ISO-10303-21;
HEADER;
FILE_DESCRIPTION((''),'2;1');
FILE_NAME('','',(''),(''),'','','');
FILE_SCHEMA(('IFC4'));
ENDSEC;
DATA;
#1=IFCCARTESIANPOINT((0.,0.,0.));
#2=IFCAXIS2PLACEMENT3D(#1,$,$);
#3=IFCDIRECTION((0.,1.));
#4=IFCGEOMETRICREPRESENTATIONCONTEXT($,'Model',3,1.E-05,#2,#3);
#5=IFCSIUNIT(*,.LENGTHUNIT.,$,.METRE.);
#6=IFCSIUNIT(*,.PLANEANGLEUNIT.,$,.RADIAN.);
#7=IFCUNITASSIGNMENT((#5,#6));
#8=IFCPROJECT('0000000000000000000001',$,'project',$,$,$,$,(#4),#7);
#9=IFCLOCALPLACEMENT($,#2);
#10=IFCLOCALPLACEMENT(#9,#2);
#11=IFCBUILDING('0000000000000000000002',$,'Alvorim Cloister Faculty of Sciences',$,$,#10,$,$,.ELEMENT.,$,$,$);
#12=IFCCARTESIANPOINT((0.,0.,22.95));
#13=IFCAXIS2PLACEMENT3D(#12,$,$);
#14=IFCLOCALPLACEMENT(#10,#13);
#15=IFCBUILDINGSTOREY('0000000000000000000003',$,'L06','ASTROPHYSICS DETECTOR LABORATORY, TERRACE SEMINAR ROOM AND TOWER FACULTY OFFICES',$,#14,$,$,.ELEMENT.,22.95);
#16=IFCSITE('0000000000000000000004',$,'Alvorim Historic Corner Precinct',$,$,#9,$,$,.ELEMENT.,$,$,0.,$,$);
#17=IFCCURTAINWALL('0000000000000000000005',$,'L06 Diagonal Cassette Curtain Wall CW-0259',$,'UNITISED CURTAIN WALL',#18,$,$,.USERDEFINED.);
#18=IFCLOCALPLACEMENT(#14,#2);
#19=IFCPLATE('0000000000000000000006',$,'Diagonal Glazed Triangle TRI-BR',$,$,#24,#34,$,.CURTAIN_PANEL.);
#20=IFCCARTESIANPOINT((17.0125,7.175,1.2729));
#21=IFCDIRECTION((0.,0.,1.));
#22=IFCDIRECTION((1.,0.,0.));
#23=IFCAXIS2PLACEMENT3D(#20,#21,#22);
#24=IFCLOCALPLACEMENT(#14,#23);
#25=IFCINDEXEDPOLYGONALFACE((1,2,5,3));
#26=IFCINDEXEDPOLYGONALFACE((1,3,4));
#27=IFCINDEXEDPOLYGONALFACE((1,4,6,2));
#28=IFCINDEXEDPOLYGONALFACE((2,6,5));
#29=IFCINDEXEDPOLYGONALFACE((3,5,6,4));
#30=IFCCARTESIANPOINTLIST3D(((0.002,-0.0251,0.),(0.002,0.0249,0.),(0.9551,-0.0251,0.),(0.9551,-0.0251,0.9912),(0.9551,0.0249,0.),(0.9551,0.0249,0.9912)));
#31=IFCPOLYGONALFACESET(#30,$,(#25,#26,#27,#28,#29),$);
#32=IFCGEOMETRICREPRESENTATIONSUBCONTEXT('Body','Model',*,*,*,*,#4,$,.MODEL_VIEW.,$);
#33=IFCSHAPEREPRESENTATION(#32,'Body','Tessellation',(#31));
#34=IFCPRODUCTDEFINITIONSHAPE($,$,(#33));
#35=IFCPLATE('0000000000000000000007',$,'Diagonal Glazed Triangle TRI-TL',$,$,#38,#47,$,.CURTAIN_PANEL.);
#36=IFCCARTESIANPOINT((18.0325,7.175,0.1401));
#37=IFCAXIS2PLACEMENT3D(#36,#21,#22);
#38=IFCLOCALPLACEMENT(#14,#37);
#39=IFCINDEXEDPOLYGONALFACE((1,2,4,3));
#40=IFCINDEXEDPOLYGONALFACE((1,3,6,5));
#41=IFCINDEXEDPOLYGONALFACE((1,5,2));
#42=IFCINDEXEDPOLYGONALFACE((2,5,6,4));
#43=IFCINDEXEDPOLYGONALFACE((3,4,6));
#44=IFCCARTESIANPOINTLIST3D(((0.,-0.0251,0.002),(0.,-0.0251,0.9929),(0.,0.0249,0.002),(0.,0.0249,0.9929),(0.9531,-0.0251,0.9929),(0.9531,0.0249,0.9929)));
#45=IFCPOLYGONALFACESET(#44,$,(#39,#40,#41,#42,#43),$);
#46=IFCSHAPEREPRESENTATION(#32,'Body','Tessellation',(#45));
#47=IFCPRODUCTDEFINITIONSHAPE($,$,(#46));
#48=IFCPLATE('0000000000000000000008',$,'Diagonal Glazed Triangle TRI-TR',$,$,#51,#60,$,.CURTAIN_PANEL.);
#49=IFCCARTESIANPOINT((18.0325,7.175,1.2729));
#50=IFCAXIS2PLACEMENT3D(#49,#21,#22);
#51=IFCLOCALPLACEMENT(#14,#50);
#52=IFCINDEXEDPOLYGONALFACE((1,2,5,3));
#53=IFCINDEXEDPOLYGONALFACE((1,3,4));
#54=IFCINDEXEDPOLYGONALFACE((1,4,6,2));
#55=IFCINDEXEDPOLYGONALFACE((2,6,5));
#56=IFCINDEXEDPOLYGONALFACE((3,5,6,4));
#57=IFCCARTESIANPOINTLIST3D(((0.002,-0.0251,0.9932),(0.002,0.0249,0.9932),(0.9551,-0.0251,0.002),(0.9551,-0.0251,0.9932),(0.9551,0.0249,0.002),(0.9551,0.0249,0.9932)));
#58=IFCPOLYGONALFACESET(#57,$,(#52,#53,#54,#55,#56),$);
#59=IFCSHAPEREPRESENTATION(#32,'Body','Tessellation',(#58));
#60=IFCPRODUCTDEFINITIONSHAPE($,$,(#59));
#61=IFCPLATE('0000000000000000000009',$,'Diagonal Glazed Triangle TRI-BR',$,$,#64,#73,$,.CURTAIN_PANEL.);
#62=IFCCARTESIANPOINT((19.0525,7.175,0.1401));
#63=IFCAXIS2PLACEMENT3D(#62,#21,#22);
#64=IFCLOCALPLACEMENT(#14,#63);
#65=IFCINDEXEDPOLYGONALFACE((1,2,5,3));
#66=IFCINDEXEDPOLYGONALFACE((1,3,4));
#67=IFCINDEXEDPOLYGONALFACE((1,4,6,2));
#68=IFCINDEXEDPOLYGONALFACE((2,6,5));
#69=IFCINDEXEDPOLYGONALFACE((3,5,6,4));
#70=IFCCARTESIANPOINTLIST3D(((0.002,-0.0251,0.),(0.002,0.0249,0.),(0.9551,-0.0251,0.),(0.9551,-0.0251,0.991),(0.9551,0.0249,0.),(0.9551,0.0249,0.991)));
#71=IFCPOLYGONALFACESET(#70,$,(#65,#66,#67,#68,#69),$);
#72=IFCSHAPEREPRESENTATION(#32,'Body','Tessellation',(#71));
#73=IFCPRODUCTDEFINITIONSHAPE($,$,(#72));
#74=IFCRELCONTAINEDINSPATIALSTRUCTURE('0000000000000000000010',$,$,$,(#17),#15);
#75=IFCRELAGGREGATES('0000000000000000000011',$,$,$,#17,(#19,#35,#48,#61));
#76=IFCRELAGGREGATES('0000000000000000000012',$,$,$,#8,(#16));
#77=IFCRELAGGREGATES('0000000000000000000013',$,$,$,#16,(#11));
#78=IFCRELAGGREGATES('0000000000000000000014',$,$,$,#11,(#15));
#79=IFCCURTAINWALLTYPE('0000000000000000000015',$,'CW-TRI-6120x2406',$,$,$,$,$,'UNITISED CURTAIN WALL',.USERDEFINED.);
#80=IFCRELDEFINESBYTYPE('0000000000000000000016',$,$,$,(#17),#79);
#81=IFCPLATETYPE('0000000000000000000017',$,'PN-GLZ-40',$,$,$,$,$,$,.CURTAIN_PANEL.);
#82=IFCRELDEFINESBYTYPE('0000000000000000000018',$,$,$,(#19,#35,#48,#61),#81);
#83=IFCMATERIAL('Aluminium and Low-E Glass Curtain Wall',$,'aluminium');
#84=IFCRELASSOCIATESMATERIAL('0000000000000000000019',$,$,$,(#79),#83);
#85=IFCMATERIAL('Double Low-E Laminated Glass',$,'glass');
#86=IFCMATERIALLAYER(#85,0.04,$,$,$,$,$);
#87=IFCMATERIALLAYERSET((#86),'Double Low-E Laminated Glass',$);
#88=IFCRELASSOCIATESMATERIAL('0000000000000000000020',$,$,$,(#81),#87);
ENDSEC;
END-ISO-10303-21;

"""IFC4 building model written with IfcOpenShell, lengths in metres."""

from ifc_helpers import new_model, si_unit, direction, frame, origin, place, context, subcontext, project, spatial, polyline, outline, extrude, material, layer, layer_set, type_object, element, aggregate, save


model = new_model("IFC4")

# Units and contexts
model_context = context("Model", 3, precision=1e-05, world=origin(), true_north=direction((0.0, 1.0)))
body_context = subcontext(model_context, "Body", "Model", "MODEL_VIEW")
ifc_project = project(units=[si_unit("LENGTHUNIT", "METRE"), si_unit("PLANEANGLEUNIT", "RADIAN")], contexts=[model_context])

# Site, building, storey
site_placement = place(None, origin())
site = spatial("IfcSite", under=ifc_project, at=site_placement, Name="Alvorim Historic Corner Precinct", CompositionType="ELEMENT", RefElevation=0.0)
building_placement = place(site_placement, origin())
building = spatial("IfcBuilding", under=site, at=building_placement, Name="Alvorim Cloister Faculty of Sciences", CompositionType="ELEMENT")
storey_placement = place(building_placement, frame((0.0, 0.0, 22.95)))
storey = spatial("IfcBuildingStorey", under=building, at=storey_placement, Name="L06", Description="ASTROPHYSICS DETECTOR LABORATORY, TERRACE SEMINAR ROOM AND TOWER FACULTY OFFICES", CompositionType="ELEMENT", Elevation=22.95)

# Curtain wall, plates
ifc_material_1 = material(Name="Aluminium and Low-E Glass Curtain Wall", Category="aluminium")
curtain_wall_type = type_object("IfcCurtainWallType", Name="CW-TRI-6120x2406", ElementType="UNITISED CURTAIN WALL", PredefinedType="USERDEFINED", material=ifc_material_1)
curtain_wall_placement = place(storey_placement, origin())
curtain_wall = element("IfcCurtainWall", 1, at=curtain_wall_placement, inside=storey, type_object=curtain_wall_type, Name="L06 Diagonal Cassette Curtain Wall CW-0259", ObjectType="UNITISED CURTAIN WALL", PredefinedType="USERDEFINED")
ifc_material_2 = material(Name="Double Low-E Laminated Glass", Category="glass")
ifc_layer = layer(ifc_material_2, 0.04)
ifc_layer_set = layer_set([ifc_layer], Name="Double Low-E Laminated Glass")
plate_type = type_object("IfcPlateType", Name="PN-GLZ-40", PredefinedType="CURTAIN_PANEL", material=ifc_layer_set)
plate_1_placement = place(storey_placement, frame((17.0125, 7.175, 1.2729), z_axis=(0.0, 0.0, 1.0), x_axis=(1.0, 0.0, 0.0)))
plate_1 = element("IfcPlate", 2, at=plate_1_placement, type_object=plate_type, Name="Diagonal Glazed Triangle TRI-BR", PredefinedType="CURTAIN_PANEL", context=body_context, shape_type="SweptSolid", body=[
    extrude(outline(polyline([(0.002, 0.0), (0.9551, 0.0), (0.9551, 0.9912), (0.002, 0.0)])), frame((0.0, 0.0249, 0.0), z_axis=(0.0, -1.0, 0.0), x_axis=(1.0, 0.0, 0.0)), (0.0, 0.0, 1.0), 0.05),
])
plate_2_placement = place(storey_placement, frame((18.0325, 7.175, 0.1401), z_axis=(0.0, 0.0, 1.0), x_axis=(1.0, 0.0, 0.0)))
plate_2 = element("IfcPlate", 3, at=plate_2_placement, type_object=plate_type, Name="Diagonal Glazed Triangle TRI-TL", PredefinedType="CURTAIN_PANEL", context=body_context, shape_type="SweptSolid", body=[
    extrude(outline(polyline([(0.9531, 0.9929), (0.0, 0.9929), (0.0, 0.002), (0.9531, 0.9929)])), frame((0.0, 0.0249, 0.0), z_axis=(0.0, -1.0, 0.0), x_axis=(1.0, 0.0, 0.0)), (0.0, 0.0, 1.0), 0.05),
])
plate_3_placement = place(storey_placement, frame((18.0325, 7.175, 1.2729), z_axis=(0.0, 0.0, 1.0), x_axis=(1.0, 0.0, 0.0)))
plate_3 = element("IfcPlate", 4, at=plate_3_placement, type_object=plate_type, Name="Diagonal Glazed Triangle TRI-TR", PredefinedType="CURTAIN_PANEL", context=body_context, shape_type="SweptSolid", body=[
    extrude(outline(polyline([(0.9551, 0.002), (0.9551, 0.9932), (0.002, 0.9932), (0.9551, 0.002)])), frame((0.0, 0.0249, 0.0), z_axis=(0.0, -1.0, 0.0), x_axis=(1.0, 0.0, 0.0)), (0.0, 0.0, 1.0), 0.05),
])
plate_4_placement = place(storey_placement, frame((19.0525, 7.175, 0.1401), z_axis=(0.0, 0.0, 1.0), x_axis=(1.0, 0.0, 0.0)))
plate_4 = element("IfcPlate", 5, at=plate_4_placement, type_object=plate_type, Name="Diagonal Glazed Triangle TRI-BR", PredefinedType="CURTAIN_PANEL", context=body_context, shape_type="SweptSolid", body=[
    extrude(outline(polyline([(0.002, 0.0), (0.9551, 0.0), (0.9551, 0.991), (0.002, 0.0)])), frame((0.0, 0.0249, 0.0), z_axis=(0.0, -1.0, 0.0), x_axis=(1.0, 0.0, 0.0)), (0.0, 0.0, 1.0), 0.05),
])
aggregate(curtain_wall, [plate_1, plate_2, plate_3, plate_4])

save(model, "model.ifc")
